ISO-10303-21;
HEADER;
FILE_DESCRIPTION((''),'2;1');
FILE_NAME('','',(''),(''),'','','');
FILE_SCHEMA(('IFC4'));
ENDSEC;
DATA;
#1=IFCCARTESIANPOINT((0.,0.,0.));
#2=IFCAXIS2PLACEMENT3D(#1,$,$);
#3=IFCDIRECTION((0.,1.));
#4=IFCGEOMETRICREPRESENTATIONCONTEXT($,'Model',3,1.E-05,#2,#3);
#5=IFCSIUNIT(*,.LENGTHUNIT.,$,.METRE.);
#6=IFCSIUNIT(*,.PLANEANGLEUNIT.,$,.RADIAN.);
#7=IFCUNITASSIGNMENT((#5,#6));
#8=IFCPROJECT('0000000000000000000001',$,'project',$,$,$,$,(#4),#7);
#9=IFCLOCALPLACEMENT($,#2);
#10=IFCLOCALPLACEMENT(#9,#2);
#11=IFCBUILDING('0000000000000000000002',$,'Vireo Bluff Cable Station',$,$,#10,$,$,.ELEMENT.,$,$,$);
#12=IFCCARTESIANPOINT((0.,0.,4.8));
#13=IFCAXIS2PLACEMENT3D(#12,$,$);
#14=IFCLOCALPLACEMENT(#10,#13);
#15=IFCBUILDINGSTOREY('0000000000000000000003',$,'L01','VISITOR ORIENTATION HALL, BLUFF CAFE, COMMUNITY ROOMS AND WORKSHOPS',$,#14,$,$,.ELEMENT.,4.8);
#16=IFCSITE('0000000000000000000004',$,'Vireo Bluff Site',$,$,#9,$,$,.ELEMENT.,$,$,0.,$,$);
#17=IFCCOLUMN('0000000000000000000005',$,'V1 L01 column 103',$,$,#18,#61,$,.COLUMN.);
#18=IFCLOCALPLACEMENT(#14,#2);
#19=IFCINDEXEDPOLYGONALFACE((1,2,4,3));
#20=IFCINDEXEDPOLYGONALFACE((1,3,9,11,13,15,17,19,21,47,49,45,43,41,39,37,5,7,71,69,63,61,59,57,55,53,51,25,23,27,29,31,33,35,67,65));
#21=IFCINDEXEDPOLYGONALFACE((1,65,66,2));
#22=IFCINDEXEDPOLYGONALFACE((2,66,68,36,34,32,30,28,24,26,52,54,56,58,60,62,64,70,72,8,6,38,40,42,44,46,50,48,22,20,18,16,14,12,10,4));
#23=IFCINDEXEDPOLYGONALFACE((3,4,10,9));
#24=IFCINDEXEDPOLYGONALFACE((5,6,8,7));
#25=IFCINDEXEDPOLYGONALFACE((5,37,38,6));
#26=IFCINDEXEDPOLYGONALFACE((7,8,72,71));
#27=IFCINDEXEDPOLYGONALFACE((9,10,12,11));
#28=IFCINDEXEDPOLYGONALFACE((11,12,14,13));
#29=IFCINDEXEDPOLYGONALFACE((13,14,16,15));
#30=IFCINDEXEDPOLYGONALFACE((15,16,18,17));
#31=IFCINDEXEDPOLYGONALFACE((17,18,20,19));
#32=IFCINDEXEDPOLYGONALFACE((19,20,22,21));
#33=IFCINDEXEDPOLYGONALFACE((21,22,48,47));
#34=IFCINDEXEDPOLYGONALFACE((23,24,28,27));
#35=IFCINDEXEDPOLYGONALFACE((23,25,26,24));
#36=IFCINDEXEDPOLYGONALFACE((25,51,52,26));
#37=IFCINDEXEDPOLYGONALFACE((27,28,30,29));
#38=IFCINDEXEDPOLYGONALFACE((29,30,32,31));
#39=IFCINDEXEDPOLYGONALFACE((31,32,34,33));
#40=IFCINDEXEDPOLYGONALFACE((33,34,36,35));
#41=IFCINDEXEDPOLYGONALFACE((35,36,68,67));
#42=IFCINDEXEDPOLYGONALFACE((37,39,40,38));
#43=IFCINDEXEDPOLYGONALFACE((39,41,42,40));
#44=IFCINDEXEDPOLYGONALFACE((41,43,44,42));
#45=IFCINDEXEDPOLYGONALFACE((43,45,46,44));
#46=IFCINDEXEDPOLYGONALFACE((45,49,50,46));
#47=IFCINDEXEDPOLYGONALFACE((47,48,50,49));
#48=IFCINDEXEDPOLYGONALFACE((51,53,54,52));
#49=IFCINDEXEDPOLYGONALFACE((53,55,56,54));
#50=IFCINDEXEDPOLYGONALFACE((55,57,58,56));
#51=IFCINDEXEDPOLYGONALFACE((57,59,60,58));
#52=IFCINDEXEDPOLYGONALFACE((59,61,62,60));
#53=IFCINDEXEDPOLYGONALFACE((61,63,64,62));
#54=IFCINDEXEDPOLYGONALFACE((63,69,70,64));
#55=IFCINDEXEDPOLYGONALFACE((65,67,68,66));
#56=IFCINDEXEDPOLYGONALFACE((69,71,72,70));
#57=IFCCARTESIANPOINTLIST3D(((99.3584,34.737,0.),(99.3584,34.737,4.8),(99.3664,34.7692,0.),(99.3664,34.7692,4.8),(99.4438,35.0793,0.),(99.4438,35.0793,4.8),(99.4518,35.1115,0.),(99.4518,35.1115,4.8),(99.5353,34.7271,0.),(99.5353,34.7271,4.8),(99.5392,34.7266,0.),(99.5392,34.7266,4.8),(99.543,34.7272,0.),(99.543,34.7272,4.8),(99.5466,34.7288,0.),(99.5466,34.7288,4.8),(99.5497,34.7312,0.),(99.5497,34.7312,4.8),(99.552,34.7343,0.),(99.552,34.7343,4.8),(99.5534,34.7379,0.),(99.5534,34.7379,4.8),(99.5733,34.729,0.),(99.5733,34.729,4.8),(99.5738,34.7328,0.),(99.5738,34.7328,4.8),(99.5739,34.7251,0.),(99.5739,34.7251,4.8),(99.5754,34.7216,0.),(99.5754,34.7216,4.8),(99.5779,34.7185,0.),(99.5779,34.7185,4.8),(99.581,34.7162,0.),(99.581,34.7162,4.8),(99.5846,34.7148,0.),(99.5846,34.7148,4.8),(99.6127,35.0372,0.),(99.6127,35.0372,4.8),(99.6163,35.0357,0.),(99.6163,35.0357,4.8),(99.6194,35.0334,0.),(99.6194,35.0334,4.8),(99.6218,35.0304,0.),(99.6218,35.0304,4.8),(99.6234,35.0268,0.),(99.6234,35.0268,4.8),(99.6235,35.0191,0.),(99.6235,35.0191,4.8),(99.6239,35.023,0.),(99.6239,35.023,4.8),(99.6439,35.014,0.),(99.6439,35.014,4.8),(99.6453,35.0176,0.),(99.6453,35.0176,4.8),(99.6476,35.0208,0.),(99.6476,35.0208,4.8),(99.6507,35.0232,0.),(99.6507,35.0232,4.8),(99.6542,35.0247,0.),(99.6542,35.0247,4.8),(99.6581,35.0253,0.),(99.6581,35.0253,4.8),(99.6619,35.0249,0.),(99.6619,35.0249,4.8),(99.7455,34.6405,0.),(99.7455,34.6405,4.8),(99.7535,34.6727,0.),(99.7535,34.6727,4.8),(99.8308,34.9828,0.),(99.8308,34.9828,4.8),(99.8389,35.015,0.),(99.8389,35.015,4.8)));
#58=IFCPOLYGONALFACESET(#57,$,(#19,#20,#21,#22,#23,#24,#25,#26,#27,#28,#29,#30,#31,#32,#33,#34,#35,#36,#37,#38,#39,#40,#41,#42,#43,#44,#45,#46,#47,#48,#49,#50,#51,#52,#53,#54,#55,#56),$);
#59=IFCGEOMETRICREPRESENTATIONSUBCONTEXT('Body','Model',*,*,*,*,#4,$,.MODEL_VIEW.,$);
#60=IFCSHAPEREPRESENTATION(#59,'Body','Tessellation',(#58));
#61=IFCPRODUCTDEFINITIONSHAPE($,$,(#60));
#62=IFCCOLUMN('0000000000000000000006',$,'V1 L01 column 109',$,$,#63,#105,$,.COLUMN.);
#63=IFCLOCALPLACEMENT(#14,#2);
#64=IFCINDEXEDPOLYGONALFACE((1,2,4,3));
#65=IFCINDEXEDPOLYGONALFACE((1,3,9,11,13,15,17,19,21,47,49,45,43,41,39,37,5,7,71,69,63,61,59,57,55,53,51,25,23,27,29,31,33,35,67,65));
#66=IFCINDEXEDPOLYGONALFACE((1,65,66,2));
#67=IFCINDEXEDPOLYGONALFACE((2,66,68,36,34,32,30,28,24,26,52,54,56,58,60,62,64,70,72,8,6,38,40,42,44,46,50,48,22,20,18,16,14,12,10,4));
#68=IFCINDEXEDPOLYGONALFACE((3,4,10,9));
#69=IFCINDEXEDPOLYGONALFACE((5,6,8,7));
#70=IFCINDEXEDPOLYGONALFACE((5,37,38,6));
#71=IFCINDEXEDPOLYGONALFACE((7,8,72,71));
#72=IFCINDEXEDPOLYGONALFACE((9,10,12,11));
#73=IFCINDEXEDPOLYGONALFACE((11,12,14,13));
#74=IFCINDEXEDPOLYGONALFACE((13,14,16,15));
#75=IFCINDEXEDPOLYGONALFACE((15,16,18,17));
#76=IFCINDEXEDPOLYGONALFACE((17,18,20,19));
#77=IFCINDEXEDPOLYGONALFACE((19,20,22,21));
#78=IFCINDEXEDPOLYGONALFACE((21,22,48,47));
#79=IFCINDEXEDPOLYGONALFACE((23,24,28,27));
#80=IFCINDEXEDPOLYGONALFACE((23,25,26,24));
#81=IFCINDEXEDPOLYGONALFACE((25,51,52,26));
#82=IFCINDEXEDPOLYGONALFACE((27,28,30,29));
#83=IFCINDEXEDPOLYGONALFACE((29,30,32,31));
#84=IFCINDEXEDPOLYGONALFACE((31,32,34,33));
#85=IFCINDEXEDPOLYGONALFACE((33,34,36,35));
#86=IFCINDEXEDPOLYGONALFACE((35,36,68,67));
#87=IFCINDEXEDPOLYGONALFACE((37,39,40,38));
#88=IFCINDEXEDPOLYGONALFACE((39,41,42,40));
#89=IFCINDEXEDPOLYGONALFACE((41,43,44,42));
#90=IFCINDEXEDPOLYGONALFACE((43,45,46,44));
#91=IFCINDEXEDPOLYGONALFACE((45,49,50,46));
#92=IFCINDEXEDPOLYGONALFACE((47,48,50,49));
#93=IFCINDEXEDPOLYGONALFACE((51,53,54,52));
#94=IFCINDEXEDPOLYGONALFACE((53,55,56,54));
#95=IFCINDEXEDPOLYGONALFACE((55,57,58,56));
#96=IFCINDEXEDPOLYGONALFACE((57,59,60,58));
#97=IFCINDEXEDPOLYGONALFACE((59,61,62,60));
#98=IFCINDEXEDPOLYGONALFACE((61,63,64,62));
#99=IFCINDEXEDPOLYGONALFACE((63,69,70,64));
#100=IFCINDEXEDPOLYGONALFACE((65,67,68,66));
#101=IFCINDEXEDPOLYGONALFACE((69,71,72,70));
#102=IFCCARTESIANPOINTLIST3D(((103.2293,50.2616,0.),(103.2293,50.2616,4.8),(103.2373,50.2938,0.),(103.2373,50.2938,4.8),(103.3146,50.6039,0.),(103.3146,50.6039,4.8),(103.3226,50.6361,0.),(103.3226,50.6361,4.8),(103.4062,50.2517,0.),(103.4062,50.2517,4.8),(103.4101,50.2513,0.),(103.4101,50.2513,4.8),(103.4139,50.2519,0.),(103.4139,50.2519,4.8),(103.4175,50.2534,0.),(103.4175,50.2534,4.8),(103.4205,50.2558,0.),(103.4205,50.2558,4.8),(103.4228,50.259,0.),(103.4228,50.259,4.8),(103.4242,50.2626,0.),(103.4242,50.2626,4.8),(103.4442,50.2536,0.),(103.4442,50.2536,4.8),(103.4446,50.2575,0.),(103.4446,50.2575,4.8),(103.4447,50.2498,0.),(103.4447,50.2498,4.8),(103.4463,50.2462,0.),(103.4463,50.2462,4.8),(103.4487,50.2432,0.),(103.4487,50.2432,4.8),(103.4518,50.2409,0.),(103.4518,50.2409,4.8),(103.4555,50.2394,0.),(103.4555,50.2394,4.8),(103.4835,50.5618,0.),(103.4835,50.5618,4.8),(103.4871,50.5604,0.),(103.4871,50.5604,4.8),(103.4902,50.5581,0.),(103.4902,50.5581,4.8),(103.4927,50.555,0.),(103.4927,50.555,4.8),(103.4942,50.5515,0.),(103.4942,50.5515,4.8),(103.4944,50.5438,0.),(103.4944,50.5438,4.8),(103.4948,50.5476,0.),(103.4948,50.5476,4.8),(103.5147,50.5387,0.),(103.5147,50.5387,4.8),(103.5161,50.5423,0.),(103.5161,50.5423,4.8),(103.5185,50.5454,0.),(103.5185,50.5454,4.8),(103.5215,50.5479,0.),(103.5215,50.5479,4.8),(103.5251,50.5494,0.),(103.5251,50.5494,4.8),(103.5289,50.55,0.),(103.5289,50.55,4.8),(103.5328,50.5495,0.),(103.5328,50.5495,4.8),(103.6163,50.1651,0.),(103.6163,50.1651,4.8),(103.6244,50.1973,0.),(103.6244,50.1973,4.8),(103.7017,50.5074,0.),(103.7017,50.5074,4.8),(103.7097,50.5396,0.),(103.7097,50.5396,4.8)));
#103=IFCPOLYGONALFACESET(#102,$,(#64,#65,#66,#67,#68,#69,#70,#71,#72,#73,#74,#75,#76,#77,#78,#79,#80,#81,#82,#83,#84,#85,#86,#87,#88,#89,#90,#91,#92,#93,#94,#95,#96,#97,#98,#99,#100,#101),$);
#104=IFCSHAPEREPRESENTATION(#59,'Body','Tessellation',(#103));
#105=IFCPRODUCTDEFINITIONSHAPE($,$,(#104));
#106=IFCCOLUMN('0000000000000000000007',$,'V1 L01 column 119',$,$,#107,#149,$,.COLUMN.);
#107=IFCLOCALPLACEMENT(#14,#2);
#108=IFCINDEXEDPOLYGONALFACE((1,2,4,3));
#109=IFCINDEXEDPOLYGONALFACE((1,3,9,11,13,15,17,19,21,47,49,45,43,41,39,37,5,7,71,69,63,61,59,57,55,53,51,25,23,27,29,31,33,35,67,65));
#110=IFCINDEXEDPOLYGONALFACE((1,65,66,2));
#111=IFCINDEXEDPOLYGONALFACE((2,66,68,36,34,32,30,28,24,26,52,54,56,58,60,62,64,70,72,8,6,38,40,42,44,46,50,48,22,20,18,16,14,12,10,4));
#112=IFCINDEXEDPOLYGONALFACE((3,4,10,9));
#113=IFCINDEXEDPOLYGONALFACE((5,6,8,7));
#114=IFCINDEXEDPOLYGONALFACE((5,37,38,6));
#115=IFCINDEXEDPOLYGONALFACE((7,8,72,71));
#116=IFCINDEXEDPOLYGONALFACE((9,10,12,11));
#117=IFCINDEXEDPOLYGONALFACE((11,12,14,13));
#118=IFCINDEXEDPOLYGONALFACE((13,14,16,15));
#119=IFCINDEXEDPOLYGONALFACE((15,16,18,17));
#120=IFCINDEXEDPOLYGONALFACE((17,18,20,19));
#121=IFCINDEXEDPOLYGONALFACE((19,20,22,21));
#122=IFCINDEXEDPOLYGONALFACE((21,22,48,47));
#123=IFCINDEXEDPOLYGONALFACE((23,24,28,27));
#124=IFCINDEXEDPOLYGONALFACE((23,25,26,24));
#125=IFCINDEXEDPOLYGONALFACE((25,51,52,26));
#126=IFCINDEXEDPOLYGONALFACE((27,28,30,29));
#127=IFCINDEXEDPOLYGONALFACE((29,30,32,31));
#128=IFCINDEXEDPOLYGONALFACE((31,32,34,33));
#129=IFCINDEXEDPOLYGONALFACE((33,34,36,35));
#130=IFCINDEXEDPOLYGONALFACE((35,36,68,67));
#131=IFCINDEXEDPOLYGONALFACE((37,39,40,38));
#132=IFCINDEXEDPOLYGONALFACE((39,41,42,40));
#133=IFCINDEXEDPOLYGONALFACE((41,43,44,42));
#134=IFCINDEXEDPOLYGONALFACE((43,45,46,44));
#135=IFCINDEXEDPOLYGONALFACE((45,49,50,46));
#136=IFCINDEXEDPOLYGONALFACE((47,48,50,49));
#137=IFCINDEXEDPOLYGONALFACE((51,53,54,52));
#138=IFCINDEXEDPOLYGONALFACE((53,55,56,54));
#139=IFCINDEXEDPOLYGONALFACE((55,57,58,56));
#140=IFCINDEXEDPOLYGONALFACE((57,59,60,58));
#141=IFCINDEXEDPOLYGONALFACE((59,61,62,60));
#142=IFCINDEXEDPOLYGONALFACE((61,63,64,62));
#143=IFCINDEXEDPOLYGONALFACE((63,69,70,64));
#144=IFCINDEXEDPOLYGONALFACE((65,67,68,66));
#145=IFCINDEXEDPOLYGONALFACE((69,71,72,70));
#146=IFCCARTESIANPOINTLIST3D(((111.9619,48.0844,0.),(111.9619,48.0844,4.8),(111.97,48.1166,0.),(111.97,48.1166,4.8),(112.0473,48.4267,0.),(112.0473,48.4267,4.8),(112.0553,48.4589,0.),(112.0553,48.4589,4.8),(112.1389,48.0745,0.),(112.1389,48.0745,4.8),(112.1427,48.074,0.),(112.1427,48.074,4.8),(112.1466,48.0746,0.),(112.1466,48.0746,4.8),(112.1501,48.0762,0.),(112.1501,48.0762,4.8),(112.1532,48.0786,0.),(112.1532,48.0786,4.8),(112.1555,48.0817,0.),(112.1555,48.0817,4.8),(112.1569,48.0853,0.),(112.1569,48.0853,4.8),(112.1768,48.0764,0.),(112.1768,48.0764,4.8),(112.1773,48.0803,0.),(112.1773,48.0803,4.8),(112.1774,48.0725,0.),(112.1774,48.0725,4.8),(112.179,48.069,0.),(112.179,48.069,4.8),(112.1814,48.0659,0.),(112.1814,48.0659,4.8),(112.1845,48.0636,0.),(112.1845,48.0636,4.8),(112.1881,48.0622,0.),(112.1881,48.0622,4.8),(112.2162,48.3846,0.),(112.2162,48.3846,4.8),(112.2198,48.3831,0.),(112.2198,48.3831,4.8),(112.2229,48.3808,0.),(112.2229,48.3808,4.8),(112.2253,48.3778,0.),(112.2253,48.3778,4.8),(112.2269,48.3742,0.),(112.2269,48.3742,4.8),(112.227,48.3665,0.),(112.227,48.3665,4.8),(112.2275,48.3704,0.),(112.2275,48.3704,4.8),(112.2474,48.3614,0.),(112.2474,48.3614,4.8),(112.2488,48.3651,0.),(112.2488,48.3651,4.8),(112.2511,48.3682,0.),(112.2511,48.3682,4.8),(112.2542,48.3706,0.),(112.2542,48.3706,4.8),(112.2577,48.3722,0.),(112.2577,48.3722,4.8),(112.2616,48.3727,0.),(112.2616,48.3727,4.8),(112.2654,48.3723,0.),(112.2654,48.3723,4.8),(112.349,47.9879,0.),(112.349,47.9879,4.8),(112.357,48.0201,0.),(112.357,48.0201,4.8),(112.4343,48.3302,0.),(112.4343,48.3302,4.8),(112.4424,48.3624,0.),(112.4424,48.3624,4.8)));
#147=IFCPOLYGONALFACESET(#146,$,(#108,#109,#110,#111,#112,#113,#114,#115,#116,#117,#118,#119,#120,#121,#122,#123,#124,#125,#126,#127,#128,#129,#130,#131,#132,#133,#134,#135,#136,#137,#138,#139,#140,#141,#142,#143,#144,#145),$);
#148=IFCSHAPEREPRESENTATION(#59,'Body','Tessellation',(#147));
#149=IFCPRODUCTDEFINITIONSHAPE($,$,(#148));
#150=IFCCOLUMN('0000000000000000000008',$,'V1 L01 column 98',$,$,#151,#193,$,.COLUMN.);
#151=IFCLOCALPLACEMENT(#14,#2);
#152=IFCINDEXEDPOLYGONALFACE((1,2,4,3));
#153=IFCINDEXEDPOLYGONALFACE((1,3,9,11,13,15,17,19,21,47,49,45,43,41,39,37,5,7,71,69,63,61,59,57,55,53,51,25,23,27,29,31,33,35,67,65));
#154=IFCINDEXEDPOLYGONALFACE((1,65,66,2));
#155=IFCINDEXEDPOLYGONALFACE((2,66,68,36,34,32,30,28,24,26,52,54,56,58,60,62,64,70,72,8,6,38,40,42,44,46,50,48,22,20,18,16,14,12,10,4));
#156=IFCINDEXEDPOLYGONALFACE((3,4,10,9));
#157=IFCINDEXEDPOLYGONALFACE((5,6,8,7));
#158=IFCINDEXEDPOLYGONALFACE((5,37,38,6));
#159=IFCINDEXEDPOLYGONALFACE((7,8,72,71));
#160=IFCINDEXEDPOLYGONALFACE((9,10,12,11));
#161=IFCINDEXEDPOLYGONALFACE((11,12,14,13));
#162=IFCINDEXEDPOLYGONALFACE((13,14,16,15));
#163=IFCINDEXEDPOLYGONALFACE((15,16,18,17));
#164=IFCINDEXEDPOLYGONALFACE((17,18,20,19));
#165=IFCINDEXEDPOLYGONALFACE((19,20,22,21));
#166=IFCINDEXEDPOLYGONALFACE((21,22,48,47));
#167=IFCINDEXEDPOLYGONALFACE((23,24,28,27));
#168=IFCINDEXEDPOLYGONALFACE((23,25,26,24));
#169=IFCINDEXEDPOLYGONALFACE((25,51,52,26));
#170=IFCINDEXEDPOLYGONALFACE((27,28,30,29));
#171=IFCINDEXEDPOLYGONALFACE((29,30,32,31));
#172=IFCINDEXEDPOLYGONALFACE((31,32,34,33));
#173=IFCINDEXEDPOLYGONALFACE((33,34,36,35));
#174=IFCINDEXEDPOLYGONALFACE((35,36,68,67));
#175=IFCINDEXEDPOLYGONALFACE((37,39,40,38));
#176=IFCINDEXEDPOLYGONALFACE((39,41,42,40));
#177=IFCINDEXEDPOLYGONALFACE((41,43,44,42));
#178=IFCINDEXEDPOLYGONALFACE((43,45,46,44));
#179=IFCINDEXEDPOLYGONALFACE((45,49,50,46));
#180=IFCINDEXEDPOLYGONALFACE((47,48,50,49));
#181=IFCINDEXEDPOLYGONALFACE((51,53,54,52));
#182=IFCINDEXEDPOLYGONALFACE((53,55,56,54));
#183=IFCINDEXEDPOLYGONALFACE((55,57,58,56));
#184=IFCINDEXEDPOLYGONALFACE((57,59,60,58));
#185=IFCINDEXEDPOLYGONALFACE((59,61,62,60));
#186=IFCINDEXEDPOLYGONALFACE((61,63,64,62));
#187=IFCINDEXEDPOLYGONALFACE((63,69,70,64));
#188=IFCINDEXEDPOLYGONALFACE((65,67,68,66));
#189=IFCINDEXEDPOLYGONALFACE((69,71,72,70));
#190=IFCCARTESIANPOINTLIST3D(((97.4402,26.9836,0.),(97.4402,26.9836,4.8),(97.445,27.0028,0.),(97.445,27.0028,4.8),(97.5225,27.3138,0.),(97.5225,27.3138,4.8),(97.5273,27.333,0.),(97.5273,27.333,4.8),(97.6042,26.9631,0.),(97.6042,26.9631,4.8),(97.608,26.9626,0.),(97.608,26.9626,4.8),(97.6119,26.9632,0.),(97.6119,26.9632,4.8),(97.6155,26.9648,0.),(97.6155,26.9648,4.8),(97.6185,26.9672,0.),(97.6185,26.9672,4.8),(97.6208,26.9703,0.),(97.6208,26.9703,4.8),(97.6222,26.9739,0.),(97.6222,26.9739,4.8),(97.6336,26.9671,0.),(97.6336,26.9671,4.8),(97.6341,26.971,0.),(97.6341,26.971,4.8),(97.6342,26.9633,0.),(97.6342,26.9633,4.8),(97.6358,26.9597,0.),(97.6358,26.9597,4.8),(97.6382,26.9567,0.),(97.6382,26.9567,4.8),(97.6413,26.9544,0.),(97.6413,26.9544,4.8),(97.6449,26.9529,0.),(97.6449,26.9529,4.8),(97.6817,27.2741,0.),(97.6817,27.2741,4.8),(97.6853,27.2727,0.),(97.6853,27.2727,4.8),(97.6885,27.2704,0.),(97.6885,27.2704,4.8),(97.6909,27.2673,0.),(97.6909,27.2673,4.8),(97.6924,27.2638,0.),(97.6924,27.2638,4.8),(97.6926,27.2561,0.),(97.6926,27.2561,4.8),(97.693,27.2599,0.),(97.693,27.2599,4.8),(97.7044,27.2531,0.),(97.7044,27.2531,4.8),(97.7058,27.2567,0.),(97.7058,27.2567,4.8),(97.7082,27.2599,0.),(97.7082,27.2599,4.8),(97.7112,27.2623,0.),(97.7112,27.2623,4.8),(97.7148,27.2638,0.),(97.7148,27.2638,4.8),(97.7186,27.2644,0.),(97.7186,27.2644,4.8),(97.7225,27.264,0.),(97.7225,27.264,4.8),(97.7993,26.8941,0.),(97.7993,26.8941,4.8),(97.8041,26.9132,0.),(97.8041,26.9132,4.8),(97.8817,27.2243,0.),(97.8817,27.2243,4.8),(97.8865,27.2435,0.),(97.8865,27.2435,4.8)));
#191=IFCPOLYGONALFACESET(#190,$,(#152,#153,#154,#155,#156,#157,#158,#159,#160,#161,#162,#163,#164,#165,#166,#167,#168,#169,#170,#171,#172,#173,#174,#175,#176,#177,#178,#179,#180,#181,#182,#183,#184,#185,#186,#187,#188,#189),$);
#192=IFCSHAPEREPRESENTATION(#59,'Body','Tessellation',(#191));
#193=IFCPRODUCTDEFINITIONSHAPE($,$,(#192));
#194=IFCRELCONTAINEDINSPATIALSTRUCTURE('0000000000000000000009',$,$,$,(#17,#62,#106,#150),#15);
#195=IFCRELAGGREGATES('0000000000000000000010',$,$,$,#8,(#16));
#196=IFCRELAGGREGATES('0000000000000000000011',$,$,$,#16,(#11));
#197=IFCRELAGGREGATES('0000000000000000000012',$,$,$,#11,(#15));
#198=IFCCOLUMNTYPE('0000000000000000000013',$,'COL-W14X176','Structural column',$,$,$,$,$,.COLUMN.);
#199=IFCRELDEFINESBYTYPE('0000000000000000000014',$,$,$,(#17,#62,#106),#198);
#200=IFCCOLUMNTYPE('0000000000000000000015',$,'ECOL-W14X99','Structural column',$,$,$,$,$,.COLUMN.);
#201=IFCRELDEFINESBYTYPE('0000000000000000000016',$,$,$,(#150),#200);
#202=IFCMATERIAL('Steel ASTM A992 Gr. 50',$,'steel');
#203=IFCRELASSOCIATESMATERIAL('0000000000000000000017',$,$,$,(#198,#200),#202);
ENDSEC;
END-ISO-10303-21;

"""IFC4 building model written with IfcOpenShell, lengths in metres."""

from ifc_helpers import new_model, si_unit, direction, frame, origin, origin_2d, place, context, subcontext, project, spatial, i_section, extrude, material, material_profile, profile_set, type_object, element, save


model = new_model("IFC4")

# Units and contexts
model_context = context("Model", 3, precision=1e-05, world=origin(), true_north=direction((0.0, 1.0)))
body_context = subcontext(model_context, "Body", "Model", "MODEL_VIEW")
ifc_project = project(units=[si_unit("LENGTHUNIT", "METRE"), si_unit("PLANEANGLEUNIT", "RADIAN")], contexts=[model_context])

# Site, building, storey
site_placement = place(None, origin())
site = spatial("IfcSite", under=ifc_project, at=site_placement, Name="Vireo Bluff Site", CompositionType="ELEMENT", RefElevation=0.0)
building_placement = place(site_placement, origin())
building = spatial("IfcBuilding", under=site, at=building_placement, Name="Vireo Bluff Cable Station", CompositionType="ELEMENT")
storey_placement = place(building_placement, frame((0.0, 0.0, 4.8)))
storey = spatial("IfcBuildingStorey", under=building, at=storey_placement, Name="L01", Description="VISITOR ORIENTATION HALL, BLUFF CAFE, COMMUNITY ROOMS AND WORKSHOPS", CompositionType="ELEMENT", Elevation=4.8)

# Columns
ifc_material_1 = material(Name="Steel ASTM A992 Gr. 50", Category="steel")
ifc_material_profile_1 = material_profile(ifc_material_1, i_section(OverallWidth=0.3989, OverallDepth=0.386, WebThickness=0.021, FlangeThickness=0.0332, FilletRadius=0.0149, at=origin_2d()), Name="W14X176")
ifc_profile_set_1 = profile_set([ifc_material_profile_1], Name="Steel ASTM A992 Gr. 50")
column_type_1 = type_object("IfcColumnType", Name="COL-W14X176", Description="Structural column", PredefinedType="COLUMN", material=ifc_profile_set_1)
for number, where, z_axis, x_axis, name in (
    (1, (99.5986, 34.876, 0.0), (0.0, 0.0, 1.0), (0.970296, -0.241922, 0.0), "V1 L01 column 103"),
    (2, (103.4695, 50.4006, 0.0), (0.0, 0.0, 1.0), (0.970296, -0.241922, 0.0), "V1 L01 column 109"),
    (3, (112.2021, 48.2234, 0.0), (0.0, 0.0, 1.0), (0.970296, -0.241922, 0.0), "V1 L01 column 119"),
):
    element("IfcColumn", number, at=place(storey_placement, frame(where, z_axis=z_axis, x_axis=x_axis)), inside=storey, type_object=column_type_1, Name=name, PredefinedType="COLUMN", context=body_context, shape_type="SweptSolid", body=[
        extrude(i_section(OverallWidth=0.3989, OverallDepth=0.386, WebThickness=0.021, FlangeThickness=0.0332, FilletRadius=0.0149, at=origin_2d()), origin(), (0.0, 0.0, 1.0), 4.8),
    ])
ifc_material_profile_2 = material_profile(ifc_material_1, i_section(OverallWidth=0.3701, OverallDepth=0.3601, WebThickness=0.0122, FlangeThickness=0.0198, FilletRadius=0.0149, at=origin_2d()), Name="W14X99")
ifc_profile_set_2 = profile_set([ifc_material_profile_2], Name="Steel ASTM A992 Gr. 50")
column_type_2 = type_object("IfcColumnType", Name="ECOL-W14X99", Description="Structural column", PredefinedType="COLUMN", material=ifc_profile_set_2)
for number, where, z_axis, x_axis, name in (
    (4, (97.6633, 27.1135, 0.0), (0.0, 0.0, 1.0), (0.970296, -0.241922, 0.0), "V1 L01 column 98"),
):
    element("IfcColumn", number, at=place(storey_placement, frame(where, z_axis=z_axis, x_axis=x_axis)), inside=storey, type_object=column_type_2, Name=name, PredefinedType="COLUMN", context=body_context, shape_type="SweptSolid", body=[
        extrude(i_section(OverallWidth=0.3701, OverallDepth=0.3601, WebThickness=0.0122, FlangeThickness=0.0198, FilletRadius=0.0149, at=origin_2d()), origin(), (0.0, 0.0, 1.0), 4.8),
    ])

save(model, "model.ifc")
